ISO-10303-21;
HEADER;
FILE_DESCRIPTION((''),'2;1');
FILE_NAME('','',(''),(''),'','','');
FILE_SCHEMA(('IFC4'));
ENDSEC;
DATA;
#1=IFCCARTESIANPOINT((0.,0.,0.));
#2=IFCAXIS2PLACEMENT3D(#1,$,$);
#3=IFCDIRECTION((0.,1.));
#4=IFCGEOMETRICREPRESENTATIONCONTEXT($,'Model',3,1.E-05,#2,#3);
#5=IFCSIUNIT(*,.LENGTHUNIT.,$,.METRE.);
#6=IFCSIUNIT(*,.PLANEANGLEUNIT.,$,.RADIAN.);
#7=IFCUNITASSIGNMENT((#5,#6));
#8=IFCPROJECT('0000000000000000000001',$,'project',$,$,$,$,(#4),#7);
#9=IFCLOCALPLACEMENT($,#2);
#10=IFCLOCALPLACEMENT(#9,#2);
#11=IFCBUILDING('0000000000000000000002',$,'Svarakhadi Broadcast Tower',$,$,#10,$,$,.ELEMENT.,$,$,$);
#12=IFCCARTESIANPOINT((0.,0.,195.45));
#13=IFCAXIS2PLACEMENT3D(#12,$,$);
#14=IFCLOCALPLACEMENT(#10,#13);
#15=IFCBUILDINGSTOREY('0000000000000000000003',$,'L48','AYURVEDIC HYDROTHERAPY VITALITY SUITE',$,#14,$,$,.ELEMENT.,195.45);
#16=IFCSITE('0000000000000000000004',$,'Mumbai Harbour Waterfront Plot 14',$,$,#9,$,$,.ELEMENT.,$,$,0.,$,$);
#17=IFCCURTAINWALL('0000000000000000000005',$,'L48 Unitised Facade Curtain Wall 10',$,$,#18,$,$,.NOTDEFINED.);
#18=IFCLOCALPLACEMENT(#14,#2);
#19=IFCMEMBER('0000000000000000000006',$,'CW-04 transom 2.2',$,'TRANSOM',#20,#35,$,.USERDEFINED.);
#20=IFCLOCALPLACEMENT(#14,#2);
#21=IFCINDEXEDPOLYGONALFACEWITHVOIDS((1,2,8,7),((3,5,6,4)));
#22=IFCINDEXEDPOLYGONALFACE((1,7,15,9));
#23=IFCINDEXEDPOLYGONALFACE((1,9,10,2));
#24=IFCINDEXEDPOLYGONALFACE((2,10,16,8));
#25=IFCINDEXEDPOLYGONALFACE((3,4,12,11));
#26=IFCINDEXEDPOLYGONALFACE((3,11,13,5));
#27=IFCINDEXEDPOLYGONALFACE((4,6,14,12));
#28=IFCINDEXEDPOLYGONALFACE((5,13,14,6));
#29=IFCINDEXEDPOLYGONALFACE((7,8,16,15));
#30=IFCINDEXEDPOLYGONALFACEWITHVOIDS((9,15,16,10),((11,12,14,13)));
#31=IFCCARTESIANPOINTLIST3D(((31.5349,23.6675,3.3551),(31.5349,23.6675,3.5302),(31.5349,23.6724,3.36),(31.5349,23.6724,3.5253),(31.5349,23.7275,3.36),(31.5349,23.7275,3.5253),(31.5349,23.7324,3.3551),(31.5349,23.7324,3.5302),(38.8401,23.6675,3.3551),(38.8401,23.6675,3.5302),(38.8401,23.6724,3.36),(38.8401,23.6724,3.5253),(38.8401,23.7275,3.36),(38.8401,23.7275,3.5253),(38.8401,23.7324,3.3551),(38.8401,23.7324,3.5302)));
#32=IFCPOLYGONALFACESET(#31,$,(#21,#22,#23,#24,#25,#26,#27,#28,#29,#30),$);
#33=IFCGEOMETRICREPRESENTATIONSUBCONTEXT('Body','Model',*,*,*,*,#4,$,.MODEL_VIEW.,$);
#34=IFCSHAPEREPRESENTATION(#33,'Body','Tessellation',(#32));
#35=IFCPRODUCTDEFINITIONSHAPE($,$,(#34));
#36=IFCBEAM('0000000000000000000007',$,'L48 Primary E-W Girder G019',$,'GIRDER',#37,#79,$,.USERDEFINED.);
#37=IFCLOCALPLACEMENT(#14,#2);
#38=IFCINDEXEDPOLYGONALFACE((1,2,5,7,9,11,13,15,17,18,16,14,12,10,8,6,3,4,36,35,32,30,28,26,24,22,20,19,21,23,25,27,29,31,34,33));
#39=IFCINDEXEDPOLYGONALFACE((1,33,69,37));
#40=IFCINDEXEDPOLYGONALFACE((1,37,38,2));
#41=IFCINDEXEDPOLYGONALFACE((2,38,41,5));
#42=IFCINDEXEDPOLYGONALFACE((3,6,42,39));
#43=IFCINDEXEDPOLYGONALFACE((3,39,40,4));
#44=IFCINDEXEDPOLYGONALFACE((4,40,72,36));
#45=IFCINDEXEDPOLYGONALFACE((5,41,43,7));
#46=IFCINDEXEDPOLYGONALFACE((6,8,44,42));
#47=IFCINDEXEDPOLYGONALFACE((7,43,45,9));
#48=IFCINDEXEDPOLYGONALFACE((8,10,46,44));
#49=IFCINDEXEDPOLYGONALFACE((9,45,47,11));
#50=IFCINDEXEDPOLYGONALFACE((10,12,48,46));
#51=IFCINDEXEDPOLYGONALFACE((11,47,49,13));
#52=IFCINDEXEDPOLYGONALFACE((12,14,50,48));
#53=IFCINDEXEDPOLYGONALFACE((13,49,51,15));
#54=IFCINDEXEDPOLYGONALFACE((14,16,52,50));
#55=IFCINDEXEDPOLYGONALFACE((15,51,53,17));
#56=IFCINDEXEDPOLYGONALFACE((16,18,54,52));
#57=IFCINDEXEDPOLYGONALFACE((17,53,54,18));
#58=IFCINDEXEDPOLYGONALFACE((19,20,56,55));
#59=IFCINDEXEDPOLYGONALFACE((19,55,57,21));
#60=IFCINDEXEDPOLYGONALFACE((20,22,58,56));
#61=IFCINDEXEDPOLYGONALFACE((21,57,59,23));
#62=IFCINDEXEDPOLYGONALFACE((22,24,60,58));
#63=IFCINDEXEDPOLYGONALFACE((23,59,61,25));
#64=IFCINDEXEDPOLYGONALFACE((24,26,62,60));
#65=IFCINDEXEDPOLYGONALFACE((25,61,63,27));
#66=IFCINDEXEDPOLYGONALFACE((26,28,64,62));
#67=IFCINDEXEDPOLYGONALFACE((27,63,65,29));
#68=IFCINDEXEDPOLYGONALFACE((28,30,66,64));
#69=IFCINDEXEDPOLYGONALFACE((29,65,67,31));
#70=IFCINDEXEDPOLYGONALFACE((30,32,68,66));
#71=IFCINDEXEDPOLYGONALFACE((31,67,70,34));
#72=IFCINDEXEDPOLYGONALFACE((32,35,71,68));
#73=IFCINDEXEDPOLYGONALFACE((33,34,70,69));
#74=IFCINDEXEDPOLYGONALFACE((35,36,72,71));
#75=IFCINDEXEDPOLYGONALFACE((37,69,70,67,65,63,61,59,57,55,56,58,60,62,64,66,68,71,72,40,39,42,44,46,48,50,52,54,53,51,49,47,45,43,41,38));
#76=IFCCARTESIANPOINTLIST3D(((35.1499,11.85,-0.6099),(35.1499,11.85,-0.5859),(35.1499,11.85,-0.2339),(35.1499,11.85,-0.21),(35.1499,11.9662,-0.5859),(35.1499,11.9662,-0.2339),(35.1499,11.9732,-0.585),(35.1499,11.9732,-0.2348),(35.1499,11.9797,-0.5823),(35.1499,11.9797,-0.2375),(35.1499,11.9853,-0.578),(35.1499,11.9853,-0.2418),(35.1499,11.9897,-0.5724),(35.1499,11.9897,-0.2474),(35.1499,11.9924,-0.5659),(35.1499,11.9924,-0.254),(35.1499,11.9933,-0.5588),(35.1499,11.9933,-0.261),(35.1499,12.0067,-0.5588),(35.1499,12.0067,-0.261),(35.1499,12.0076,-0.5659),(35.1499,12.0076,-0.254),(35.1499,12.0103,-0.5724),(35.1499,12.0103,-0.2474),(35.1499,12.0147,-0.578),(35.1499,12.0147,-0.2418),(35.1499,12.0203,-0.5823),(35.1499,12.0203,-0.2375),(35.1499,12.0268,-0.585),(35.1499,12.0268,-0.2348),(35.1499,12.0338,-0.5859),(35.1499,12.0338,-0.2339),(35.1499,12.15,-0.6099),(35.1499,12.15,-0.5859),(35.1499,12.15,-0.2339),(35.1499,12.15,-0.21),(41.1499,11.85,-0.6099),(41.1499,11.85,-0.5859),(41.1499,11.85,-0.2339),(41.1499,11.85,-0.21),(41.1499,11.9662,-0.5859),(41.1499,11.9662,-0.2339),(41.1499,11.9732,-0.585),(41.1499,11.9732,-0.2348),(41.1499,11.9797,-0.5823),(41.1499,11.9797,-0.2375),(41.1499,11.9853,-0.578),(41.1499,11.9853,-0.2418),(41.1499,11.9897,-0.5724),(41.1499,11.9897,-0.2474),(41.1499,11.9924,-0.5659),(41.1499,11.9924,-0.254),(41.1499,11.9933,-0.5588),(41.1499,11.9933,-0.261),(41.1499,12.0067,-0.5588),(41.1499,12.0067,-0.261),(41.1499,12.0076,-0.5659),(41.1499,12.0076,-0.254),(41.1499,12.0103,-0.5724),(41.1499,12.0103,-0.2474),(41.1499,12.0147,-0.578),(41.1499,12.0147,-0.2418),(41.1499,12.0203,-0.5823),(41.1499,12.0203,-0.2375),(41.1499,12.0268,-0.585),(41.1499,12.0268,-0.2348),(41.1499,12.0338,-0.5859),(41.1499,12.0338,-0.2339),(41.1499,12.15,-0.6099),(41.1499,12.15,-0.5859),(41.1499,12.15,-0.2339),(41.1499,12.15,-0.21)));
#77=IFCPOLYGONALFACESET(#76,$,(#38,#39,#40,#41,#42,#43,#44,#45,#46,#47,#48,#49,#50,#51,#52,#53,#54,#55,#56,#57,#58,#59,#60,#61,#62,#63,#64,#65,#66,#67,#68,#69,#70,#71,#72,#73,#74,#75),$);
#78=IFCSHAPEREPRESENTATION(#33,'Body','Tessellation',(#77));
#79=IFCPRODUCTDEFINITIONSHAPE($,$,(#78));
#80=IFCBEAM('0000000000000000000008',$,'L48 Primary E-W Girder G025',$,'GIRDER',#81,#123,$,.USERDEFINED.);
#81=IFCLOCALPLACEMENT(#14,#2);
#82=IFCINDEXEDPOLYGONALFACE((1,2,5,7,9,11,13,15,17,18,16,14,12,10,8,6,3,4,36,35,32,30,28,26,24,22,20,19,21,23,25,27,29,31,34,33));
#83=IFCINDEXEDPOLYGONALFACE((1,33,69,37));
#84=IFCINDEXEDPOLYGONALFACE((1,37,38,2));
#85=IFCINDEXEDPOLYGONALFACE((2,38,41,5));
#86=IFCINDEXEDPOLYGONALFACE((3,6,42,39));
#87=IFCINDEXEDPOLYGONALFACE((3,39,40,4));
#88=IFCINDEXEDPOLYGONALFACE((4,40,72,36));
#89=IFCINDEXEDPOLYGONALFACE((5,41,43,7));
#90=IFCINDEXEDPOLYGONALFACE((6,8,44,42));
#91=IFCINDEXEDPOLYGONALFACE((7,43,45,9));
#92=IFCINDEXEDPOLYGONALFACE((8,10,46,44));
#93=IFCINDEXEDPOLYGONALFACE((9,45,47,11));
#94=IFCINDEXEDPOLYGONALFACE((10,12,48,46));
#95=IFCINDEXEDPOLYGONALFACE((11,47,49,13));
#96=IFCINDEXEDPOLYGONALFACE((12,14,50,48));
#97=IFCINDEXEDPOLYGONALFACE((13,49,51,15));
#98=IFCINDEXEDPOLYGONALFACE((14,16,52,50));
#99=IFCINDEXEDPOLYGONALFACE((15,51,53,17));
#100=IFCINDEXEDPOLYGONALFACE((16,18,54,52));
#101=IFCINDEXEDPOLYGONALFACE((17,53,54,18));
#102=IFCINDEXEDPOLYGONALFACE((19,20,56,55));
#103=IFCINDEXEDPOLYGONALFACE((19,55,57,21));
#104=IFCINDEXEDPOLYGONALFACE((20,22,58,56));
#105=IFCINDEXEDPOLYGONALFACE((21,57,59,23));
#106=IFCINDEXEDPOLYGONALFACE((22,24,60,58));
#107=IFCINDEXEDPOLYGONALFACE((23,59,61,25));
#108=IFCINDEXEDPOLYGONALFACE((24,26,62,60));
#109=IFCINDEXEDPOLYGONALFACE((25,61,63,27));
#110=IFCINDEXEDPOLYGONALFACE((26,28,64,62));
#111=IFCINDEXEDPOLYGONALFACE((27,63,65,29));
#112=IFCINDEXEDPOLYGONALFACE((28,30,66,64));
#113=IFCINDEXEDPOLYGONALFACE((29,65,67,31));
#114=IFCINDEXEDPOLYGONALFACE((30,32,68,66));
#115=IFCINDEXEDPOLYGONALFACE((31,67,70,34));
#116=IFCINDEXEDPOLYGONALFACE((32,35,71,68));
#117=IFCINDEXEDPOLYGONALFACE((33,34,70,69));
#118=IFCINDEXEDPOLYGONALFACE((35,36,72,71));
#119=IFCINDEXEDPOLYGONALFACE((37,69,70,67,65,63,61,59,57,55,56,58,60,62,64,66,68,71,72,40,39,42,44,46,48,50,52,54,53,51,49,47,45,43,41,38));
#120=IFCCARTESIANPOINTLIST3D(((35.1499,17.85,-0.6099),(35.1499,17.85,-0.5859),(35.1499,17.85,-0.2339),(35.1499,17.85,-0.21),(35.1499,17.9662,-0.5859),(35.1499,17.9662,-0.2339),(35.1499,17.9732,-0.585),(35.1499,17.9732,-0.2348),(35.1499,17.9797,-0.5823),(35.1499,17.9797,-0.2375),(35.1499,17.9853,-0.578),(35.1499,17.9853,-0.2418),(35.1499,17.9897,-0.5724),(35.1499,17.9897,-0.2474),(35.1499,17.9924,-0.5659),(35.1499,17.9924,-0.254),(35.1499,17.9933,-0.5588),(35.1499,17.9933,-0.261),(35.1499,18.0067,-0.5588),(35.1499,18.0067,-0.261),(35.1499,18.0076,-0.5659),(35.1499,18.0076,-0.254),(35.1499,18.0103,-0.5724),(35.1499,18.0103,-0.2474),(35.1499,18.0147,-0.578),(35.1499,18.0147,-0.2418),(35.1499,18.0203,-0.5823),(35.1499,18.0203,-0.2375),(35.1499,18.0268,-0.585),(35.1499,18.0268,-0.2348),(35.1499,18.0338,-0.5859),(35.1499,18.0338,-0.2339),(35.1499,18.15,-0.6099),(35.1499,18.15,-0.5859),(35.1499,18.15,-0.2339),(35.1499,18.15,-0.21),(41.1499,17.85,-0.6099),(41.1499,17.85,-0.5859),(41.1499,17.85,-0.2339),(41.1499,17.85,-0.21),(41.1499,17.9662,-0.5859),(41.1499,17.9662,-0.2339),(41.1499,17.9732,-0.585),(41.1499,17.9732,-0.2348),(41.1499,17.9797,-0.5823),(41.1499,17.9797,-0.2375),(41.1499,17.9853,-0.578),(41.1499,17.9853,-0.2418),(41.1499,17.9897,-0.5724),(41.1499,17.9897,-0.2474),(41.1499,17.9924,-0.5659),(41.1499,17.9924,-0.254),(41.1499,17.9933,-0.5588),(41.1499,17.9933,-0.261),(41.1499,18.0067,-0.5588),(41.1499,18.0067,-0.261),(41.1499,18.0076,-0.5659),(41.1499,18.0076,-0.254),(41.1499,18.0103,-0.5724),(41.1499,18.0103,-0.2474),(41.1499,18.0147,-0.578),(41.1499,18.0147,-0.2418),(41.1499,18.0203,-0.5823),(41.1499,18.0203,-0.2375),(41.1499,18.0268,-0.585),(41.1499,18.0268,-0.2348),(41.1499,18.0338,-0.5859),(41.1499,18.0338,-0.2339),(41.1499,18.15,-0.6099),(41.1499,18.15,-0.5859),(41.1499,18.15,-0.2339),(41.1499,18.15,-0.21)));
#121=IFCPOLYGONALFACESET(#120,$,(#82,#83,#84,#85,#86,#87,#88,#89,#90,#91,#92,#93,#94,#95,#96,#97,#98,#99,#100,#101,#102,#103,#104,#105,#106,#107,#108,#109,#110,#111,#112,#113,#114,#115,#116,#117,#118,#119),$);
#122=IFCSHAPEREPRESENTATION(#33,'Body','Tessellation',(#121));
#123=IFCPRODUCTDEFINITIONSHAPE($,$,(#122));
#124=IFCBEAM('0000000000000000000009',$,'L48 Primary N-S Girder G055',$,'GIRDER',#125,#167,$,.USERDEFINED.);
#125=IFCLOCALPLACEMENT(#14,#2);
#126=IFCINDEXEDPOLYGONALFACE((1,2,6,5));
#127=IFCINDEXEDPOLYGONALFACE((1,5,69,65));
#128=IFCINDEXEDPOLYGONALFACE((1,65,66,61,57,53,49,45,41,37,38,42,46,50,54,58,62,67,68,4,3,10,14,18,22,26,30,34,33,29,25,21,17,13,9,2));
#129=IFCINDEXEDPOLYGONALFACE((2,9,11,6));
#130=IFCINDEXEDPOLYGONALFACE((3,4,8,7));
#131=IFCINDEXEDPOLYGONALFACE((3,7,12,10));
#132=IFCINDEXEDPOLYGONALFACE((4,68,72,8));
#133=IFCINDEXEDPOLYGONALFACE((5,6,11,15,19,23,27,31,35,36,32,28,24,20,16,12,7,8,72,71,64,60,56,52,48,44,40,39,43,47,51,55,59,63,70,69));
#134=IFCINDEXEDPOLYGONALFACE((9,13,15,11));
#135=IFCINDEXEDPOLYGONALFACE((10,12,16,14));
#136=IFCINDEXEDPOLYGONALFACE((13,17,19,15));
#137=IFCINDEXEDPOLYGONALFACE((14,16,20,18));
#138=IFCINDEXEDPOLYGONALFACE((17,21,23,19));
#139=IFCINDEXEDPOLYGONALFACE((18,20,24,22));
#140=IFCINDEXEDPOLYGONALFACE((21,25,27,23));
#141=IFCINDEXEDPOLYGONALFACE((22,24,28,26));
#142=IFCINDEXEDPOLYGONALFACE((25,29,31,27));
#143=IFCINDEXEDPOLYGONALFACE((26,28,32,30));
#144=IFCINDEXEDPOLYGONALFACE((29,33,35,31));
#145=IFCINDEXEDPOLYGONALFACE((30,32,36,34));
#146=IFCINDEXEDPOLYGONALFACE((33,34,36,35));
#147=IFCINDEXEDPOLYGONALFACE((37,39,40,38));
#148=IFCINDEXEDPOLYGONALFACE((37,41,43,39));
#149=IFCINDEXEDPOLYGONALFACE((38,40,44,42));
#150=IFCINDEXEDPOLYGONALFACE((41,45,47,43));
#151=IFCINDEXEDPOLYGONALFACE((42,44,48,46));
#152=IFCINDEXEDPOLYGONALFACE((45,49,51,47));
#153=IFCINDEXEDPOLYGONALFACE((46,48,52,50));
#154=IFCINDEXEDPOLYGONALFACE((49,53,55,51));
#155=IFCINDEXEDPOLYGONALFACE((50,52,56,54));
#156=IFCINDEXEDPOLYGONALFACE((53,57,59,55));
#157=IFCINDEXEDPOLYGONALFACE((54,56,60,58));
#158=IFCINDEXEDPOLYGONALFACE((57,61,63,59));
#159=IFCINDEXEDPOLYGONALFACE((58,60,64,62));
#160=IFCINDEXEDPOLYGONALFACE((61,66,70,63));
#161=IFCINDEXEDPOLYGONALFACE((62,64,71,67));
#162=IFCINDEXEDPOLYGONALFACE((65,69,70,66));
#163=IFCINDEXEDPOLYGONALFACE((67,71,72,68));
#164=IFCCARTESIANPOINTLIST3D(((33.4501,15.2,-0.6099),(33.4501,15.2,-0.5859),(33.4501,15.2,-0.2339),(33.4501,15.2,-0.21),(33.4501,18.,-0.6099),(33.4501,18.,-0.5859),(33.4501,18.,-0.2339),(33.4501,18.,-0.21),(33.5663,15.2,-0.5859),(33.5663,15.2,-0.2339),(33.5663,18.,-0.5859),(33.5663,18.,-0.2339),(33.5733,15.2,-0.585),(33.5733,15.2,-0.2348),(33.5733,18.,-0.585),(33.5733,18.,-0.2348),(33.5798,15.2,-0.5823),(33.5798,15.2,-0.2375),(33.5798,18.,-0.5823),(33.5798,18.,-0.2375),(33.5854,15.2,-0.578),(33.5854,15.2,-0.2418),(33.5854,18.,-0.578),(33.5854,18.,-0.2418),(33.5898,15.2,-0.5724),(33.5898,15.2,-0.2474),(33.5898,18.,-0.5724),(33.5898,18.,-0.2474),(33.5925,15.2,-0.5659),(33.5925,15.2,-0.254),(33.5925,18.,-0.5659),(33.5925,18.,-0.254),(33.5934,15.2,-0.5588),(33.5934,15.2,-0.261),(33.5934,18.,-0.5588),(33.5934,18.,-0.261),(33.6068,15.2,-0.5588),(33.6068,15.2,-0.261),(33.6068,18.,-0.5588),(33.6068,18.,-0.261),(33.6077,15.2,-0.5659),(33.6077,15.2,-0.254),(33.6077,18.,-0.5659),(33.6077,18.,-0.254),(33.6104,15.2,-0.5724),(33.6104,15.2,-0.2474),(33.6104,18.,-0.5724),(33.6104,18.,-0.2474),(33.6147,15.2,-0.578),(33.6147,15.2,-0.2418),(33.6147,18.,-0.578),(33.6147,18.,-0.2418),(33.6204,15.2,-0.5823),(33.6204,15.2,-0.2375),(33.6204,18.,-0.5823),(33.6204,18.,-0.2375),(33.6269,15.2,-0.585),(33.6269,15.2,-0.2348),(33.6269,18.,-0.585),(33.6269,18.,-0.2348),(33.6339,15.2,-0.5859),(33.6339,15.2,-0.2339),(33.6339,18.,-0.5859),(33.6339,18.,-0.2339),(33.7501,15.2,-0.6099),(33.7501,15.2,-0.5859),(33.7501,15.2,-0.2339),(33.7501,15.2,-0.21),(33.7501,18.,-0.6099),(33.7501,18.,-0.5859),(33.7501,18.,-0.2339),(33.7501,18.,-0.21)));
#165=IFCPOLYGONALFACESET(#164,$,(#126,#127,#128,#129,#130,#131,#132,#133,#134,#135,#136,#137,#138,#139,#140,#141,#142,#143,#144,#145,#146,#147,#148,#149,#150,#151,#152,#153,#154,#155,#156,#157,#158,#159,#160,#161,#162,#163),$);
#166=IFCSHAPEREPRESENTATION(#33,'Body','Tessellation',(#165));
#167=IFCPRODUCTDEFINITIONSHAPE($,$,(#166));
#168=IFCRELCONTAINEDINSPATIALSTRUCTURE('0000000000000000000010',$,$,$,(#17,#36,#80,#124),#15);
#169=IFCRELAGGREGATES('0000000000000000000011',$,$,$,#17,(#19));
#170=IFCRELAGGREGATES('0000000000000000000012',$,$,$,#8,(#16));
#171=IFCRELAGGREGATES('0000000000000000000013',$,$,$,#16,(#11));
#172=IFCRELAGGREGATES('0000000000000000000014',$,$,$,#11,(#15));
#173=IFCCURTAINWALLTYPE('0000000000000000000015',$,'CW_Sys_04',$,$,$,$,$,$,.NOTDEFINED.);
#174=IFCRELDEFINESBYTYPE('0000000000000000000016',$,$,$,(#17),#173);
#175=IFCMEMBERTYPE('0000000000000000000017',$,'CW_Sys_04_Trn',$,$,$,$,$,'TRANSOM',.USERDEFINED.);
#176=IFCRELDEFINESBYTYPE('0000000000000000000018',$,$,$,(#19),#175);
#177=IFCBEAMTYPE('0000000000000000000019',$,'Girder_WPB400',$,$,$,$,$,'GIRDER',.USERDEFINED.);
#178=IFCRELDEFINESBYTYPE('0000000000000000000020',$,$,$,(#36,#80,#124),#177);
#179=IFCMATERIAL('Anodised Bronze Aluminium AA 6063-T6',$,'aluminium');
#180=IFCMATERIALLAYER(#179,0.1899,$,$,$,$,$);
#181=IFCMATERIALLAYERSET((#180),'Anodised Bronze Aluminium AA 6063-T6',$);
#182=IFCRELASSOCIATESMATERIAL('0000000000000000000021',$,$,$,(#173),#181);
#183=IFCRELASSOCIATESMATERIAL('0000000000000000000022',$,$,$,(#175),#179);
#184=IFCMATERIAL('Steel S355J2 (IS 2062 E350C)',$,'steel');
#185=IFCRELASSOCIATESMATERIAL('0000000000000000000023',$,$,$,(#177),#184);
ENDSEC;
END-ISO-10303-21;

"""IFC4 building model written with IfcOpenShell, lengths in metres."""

from ifc_helpers import new_model, si_unit, direction, frame, origin, origin_2d, place, context, subcontext, project, spatial, hollow_rectangle, i_section, extrude, material, layer, layer_set, material_profile, profile_set, type_object, element, aggregate, save


model = new_model("IFC4")

# Units and contexts
model_context = context("Model", 3, precision=1e-05, world=origin(), true_north=direction((0.0, 1.0)))
body_context = subcontext(model_context, "Body", "Model", "MODEL_VIEW")
ifc_project = project(units=[si_unit("LENGTHUNIT", "METRE"), si_unit("PLANEANGLEUNIT", "RADIAN")], contexts=[model_context])

# Site, building, storey
site_placement = place(None, origin())
site = spatial("IfcSite", under=ifc_project, at=site_placement, Name="Mumbai Harbour Waterfront Plot 14", CompositionType="ELEMENT", RefElevation=0.0)
building_placement = place(site_placement, origin())
building = spatial("IfcBuilding", under=site, at=building_placement, Name="Svarakhadi Broadcast Tower", CompositionType="ELEMENT")
storey_placement = place(building_placement, frame((0.0, 0.0, 195.45)))
storey = spatial("IfcBuildingStorey", under=building, at=storey_placement, Name="L48", Description="AYURVEDIC HYDROTHERAPY VITALITY SUITE", CompositionType="ELEMENT", Elevation=195.45)

# Shared definitions
ifc_material_1 = material(Name="Steel S355J2 (IS 2062 E350C)", Category="steel")

# Curtain wall, member
ifc_material_2 = material(Name="Anodised Bronze Aluminium AA 6063-T6", Category="aluminium")
ifc_layer_1 = layer(ifc_material_2, 0.1899)
ifc_layer_set_1 = layer_set([ifc_layer_1], Name="Anodised Bronze Aluminium AA 6063-T6")
curtain_wall_type = type_object("IfcCurtainWallType", Name="CW_Sys_04", PredefinedType="NOTDEFINED", material=ifc_layer_set_1)
curtain_wall_placement = place(storey_placement, origin())
curtain_wall = element("IfcCurtainWall", 1, at=curtain_wall_placement, inside=storey, type_object=curtain_wall_type, Name="L48 Unitised Facade Curtain Wall 10", PredefinedType="NOTDEFINED")
ifc_material_profile_1 = material_profile(ifc_material_2, hollow_rectangle(XDim=0.0649, YDim=0.175, WallThickness=0.0049, at=origin_2d()), Name="ALU TRANSOM 175x65x5")
ifc_profile_set_1 = profile_set([ifc_material_profile_1], Name="Anodised Bronze Aluminium AA 6063-T6")
member_type_1 = type_object("IfcMemberType", Name="CW_Sys_04_Trn", ElementType="TRANSOM", PredefinedType="USERDEFINED", material=ifc_profile_set_1)
member_1_placement = place(storey_placement, frame((31.5349, 23.7, 3.4426), z_axis=(1.0, 0.0, 0.0), x_axis=(0.0, 1.0, 0.0)))
member_1 = element("IfcMember", 2, at=member_1_placement, type_object=member_type_1, Name="CW-04 transom 2.2", ObjectType="TRANSOM", PredefinedType="USERDEFINED", context=body_context, shape_type="SweptSolid", body=[
    extrude(hollow_rectangle(XDim=0.0649, YDim=0.175, WallThickness=0.0049, at=origin_2d()), origin(), (0.0, 0.0, 1.0), 7.3052),
])

# Beams
ifc_material_profile_2 = material_profile(ifc_material_1, i_section(OverallWidth=0.3, OverallDepth=0.3999, WebThickness=0.0134, FlangeThickness=0.0239, FilletRadius=0.0271, at=origin_2d()), Name="WPB 400x300x155")
ifc_profile_set_2 = profile_set([ifc_material_profile_2], Name="Steel S355J2 (IS 2062 E350C)")
beam_type_1 = type_object("IfcBeamType", Name="Girder_WPB400", ElementType="GIRDER", PredefinedType="USERDEFINED", material=ifc_profile_set_2)
for number, where, z_axis, x_axis, name in (
    (3, (35.1499, 12.0, -0.4099), (1.0, 0.0, 0.0), (0.0, 1.0, 0.0), "L48 Primary E-W Girder G019"),
    (4, (35.1499, 18.0, -0.4099), (1.0, 0.0, 0.0), (0.0, 1.0, 0.0), "L48 Primary E-W Girder G025"),
):
    element("IfcBeam", number, at=place(storey_placement, frame(where, z_axis=z_axis, x_axis=x_axis)), inside=storey, type_object=beam_type_1, Name=name, ObjectType="GIRDER", PredefinedType="USERDEFINED", context=body_context, shape_type="SweptSolid", body=[
        extrude(i_section(OverallWidth=0.3, OverallDepth=0.3999, WebThickness=0.0134, FlangeThickness=0.0239, FilletRadius=0.0271, at=origin_2d()), origin(), (0.0, 0.0, 1.0), 6.0),
    ])
beam_1_placement = place(storey_placement, frame((33.6001, 15.2, -0.4099), z_axis=(0.0, 1.0, 0.0), x_axis=(-1.0, 0.0, 0.0)))
element("IfcBeam", 5, at=beam_1_placement, inside=storey, type_object=beam_type_1, Name="L48 Primary N-S Girder G055", ObjectType="GIRDER", PredefinedType="USERDEFINED", context=body_context, shape_type="SweptSolid", body=[
    extrude(i_section(OverallWidth=0.3, OverallDepth=0.3999, WebThickness=0.0134, FlangeThickness=0.0239, FilletRadius=0.0271, at=origin_2d()), origin(), (0.0, 0.0, 1.0), 2.8),
])

aggregate(curtain_wall, [member_1])

save(model, "model.ifc")
